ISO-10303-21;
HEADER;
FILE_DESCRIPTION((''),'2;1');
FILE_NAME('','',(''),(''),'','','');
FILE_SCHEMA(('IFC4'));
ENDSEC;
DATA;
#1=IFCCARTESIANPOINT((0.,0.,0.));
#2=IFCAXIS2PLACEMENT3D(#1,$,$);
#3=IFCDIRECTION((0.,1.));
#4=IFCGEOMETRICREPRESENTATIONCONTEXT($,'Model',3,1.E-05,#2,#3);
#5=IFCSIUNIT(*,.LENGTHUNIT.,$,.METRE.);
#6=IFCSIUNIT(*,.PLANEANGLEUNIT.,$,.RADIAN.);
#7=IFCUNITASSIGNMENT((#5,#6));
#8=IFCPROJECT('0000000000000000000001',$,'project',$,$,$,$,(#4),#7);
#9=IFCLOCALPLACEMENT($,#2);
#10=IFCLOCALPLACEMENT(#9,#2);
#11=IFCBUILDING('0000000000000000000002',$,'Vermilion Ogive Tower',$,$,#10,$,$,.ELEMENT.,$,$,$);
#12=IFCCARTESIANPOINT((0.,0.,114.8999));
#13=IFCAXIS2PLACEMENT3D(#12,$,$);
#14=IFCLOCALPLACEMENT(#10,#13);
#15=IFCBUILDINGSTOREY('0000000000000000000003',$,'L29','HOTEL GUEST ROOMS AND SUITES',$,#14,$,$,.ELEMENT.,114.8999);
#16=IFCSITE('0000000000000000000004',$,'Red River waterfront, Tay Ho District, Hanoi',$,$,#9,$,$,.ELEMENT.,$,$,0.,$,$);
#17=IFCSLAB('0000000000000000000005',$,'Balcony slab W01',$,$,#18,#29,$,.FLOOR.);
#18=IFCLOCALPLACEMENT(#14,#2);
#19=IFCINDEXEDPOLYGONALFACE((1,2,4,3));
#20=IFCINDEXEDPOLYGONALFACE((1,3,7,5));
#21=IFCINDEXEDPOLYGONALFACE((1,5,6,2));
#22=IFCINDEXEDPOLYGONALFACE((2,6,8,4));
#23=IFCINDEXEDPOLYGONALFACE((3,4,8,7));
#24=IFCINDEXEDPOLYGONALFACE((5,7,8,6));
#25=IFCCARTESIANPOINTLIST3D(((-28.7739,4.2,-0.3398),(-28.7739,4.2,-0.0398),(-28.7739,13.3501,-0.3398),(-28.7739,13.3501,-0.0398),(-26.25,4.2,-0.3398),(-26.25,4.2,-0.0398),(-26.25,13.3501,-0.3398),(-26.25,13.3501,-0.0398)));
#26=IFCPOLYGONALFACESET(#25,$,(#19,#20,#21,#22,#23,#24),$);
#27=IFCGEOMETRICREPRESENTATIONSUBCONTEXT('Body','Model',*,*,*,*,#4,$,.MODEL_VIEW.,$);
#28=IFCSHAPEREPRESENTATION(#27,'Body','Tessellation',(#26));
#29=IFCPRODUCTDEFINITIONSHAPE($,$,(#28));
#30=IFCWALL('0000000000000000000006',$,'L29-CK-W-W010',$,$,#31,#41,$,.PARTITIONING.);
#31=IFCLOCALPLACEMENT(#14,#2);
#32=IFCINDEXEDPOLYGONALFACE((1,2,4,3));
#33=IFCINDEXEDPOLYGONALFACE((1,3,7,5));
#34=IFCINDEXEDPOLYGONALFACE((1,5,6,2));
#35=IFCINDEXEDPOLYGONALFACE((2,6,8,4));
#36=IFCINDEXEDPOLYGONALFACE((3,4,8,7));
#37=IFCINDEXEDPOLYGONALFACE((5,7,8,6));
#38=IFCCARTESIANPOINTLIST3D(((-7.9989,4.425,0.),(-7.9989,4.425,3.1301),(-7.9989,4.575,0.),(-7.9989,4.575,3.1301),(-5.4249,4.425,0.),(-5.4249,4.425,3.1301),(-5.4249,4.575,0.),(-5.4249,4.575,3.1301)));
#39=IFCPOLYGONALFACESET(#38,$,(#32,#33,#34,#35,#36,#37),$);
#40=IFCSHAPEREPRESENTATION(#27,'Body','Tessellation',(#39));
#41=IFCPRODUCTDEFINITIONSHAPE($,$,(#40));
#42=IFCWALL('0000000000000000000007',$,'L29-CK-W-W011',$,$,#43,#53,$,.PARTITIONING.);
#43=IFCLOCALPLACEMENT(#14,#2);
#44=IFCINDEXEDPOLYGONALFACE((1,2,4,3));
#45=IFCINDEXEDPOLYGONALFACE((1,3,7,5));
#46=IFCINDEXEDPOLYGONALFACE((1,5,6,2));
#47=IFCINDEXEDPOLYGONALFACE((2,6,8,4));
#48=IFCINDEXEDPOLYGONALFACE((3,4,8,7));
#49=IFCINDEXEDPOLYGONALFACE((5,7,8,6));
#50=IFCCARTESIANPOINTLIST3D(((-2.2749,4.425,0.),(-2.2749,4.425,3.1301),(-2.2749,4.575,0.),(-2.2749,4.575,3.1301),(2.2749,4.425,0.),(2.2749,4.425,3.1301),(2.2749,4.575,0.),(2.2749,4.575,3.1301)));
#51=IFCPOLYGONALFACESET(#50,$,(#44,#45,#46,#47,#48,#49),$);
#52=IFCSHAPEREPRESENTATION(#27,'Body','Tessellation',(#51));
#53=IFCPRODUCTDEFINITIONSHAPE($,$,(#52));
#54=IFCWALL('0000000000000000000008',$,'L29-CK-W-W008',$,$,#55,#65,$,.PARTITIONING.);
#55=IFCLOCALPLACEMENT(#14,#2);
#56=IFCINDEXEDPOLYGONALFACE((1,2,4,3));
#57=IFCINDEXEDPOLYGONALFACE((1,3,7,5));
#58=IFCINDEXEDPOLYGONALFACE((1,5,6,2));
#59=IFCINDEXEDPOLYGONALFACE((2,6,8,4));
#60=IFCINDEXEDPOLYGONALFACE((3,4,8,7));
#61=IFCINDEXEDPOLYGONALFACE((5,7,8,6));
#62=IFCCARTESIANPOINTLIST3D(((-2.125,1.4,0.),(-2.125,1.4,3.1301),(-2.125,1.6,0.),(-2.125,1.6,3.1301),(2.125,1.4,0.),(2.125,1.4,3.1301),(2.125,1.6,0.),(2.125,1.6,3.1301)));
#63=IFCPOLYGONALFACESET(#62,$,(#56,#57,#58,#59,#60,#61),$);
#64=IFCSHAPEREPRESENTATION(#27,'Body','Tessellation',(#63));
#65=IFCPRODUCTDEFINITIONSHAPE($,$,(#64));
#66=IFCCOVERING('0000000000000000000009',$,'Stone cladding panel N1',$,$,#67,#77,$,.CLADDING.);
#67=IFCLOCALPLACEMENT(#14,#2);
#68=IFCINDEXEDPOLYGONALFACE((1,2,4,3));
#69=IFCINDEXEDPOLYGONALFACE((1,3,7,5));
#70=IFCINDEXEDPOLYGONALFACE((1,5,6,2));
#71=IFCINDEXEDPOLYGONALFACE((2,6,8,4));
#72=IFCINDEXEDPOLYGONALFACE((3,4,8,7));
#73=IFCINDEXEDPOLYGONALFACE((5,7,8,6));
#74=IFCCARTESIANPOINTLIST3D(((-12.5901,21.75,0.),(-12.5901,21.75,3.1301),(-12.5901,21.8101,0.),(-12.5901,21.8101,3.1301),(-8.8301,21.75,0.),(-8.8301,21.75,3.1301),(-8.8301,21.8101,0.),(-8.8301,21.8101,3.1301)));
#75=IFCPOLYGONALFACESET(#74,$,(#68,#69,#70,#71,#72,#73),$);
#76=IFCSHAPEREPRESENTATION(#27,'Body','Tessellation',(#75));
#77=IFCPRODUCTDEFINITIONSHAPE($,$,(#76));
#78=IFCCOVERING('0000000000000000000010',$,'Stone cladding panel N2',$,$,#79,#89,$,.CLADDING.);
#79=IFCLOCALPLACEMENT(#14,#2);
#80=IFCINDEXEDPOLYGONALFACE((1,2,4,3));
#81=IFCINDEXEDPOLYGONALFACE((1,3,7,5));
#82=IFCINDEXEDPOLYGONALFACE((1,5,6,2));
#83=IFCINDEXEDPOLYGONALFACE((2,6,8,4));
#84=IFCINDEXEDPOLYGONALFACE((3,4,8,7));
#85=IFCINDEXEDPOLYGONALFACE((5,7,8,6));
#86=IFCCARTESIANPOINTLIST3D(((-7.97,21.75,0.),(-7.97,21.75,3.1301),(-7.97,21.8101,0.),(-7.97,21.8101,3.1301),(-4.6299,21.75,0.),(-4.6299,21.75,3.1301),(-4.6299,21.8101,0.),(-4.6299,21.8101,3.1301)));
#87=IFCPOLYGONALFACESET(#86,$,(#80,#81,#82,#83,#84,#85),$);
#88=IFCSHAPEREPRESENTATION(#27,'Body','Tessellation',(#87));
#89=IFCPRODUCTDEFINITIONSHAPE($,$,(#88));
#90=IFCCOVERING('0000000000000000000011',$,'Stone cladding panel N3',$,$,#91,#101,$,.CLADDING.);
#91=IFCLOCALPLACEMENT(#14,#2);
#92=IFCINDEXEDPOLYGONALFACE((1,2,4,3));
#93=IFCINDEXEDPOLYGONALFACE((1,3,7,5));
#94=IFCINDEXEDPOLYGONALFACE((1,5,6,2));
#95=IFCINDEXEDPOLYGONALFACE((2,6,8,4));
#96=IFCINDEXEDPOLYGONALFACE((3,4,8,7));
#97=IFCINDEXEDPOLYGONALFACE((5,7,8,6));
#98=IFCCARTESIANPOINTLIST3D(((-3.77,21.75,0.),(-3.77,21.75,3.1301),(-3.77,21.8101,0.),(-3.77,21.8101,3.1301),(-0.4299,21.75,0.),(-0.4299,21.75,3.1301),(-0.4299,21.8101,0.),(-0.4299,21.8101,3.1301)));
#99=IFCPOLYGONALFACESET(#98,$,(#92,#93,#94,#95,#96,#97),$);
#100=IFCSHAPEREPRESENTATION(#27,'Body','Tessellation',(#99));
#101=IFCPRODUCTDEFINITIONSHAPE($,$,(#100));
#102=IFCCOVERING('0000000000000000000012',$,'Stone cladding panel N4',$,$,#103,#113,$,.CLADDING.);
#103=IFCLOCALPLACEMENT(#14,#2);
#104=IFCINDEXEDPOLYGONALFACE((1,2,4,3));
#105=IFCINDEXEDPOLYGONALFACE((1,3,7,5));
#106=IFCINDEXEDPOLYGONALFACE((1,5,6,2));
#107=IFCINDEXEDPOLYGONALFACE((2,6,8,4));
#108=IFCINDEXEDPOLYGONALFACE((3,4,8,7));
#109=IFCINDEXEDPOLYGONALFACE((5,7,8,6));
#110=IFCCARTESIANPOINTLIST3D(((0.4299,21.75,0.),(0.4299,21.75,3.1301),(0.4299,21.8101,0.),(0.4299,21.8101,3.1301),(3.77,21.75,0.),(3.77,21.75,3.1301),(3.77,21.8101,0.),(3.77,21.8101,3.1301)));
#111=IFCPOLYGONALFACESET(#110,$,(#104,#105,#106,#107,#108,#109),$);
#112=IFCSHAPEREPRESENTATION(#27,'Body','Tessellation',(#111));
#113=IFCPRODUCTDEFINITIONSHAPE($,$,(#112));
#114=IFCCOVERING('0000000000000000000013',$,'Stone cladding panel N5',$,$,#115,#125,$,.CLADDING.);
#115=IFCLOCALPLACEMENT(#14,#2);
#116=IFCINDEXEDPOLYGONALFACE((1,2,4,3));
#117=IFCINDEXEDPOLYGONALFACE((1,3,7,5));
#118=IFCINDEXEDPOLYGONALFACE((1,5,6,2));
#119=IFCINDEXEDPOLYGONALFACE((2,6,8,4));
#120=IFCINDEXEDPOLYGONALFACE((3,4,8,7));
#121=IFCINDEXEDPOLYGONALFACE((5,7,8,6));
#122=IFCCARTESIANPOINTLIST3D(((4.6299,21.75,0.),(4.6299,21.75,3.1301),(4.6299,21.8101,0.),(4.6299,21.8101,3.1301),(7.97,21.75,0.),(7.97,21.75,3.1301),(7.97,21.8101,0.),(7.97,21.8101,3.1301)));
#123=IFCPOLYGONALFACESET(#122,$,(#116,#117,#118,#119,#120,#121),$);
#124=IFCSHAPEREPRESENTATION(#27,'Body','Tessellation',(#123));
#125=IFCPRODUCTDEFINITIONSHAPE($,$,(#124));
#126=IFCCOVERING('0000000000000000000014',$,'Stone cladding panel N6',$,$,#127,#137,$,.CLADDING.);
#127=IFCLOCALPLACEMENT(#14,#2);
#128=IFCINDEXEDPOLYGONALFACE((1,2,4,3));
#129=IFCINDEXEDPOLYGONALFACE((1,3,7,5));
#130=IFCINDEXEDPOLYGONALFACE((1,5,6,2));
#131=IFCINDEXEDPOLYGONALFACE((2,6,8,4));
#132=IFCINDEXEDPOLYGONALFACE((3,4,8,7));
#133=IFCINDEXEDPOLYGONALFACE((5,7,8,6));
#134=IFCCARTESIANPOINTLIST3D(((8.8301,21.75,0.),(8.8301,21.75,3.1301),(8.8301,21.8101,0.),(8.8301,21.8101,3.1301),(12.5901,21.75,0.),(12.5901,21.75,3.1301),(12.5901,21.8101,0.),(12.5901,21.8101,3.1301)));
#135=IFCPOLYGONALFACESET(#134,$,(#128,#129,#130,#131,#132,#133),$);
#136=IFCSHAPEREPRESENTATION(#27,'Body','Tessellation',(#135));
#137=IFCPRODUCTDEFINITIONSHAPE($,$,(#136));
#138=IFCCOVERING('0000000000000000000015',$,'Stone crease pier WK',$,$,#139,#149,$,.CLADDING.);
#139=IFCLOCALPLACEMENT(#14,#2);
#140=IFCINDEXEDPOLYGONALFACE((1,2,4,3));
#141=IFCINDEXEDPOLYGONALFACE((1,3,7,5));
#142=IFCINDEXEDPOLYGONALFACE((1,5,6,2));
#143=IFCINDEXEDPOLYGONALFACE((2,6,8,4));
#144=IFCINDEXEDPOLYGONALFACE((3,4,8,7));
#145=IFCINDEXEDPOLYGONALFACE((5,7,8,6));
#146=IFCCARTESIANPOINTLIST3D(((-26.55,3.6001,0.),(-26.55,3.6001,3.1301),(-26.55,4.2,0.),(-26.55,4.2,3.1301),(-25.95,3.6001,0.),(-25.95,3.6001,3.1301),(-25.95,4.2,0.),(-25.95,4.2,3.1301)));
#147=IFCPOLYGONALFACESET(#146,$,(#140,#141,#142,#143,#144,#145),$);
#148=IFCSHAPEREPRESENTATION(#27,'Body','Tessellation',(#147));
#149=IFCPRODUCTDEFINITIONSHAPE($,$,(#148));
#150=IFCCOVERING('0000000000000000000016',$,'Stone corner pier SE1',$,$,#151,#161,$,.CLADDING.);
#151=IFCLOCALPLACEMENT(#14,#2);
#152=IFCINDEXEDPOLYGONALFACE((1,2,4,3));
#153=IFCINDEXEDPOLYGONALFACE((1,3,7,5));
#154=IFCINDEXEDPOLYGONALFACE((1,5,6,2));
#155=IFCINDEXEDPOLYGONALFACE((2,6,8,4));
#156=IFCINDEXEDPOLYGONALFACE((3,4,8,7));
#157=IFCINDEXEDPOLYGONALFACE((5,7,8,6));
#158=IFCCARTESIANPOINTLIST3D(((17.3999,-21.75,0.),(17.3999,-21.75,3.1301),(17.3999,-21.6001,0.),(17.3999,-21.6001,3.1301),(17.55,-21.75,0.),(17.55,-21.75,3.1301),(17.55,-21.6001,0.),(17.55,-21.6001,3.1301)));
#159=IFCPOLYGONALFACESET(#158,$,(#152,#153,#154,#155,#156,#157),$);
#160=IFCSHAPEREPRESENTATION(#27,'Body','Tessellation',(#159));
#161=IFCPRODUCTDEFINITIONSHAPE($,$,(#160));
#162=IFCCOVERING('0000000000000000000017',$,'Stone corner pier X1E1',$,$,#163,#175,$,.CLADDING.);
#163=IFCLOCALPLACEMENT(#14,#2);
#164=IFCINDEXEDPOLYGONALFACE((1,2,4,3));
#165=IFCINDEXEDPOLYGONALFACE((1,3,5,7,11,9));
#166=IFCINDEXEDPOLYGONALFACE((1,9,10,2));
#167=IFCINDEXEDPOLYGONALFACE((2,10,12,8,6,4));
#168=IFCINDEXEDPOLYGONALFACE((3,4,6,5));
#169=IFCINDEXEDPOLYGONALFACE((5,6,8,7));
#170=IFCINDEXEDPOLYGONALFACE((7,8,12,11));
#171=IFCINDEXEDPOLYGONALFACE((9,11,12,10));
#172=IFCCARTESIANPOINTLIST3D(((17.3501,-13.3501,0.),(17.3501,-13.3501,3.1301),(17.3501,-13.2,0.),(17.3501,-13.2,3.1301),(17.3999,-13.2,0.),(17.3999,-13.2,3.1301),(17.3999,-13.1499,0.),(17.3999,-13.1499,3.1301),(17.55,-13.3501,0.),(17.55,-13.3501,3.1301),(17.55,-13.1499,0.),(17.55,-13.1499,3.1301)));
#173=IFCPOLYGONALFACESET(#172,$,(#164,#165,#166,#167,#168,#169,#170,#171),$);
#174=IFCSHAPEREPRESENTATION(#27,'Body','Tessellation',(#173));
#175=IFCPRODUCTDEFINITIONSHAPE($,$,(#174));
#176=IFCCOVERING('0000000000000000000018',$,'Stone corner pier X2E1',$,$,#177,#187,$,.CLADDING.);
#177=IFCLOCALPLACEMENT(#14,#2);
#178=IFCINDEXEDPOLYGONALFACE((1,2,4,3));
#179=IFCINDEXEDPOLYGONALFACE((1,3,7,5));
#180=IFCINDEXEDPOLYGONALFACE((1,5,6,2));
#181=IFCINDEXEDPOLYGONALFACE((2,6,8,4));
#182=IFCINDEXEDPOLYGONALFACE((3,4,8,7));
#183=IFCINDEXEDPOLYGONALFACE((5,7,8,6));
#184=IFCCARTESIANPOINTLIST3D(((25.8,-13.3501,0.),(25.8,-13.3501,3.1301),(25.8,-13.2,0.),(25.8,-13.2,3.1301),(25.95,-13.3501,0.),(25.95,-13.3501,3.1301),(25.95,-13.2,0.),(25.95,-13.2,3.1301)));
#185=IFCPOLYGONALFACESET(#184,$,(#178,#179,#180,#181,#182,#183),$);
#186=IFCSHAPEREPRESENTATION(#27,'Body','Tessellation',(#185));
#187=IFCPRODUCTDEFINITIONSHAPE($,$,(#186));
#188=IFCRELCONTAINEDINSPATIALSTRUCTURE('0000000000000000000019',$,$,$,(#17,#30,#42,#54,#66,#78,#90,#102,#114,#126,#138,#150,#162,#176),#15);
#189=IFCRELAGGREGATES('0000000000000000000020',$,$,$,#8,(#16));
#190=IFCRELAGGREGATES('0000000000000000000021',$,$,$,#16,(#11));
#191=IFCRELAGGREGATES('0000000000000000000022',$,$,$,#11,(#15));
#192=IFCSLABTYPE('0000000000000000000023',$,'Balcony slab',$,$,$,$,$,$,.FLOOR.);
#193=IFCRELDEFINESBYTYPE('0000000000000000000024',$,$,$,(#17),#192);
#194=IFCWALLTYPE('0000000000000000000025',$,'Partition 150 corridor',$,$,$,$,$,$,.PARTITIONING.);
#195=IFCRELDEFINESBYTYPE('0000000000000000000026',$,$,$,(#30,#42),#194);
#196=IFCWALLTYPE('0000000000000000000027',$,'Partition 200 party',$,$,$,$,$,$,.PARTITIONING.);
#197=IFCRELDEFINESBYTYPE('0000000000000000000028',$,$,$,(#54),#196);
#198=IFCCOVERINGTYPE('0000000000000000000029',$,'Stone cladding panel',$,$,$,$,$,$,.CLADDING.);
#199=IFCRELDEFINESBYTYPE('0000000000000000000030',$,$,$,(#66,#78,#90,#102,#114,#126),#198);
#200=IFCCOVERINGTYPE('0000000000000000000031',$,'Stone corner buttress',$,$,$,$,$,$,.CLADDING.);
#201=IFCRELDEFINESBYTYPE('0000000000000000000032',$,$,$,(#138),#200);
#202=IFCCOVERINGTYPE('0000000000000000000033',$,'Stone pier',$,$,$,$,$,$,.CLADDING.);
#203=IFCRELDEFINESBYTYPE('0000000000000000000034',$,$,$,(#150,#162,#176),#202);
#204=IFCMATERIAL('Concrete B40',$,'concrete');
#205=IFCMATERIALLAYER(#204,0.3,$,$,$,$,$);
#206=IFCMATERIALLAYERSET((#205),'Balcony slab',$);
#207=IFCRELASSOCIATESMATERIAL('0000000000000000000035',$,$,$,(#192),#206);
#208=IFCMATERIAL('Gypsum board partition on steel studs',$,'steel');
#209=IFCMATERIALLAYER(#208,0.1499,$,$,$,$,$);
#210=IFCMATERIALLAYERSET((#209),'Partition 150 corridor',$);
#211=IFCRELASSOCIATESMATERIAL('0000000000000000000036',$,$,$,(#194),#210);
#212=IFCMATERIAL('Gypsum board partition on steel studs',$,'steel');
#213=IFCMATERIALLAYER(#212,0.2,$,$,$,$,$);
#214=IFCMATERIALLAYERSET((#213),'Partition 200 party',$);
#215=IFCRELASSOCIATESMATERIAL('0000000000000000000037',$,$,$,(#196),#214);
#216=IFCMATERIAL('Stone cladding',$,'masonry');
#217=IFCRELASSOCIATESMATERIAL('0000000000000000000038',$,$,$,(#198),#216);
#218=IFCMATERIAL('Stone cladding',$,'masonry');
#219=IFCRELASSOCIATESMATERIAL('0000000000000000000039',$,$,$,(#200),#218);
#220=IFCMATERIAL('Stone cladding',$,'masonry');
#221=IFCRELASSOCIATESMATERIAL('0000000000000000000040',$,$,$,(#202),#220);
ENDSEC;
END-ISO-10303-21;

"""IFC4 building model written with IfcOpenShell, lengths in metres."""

from ifc_helpers import new_model, si_unit, direction, frame, frame_2d, origin, place, context, subcontext, project, spatial, polyline, rectangle, outline, extrude, material, layer, layer_set, type_object, element, save


model = new_model("IFC4")

# Units and contexts
model_context = context("Model", 3, precision=1e-05, world=origin(), true_north=direction((0.0, 1.0)))
body_context = subcontext(model_context, "Body", "Model", "MODEL_VIEW")
ifc_project = project(units=[si_unit("LENGTHUNIT", "METRE"), si_unit("PLANEANGLEUNIT", "RADIAN")], contexts=[model_context])

# Site, building, storey
site_placement = place(None, origin())
site = spatial("IfcSite", under=ifc_project, at=site_placement, Name="Red River waterfront, Tay Ho District, Hanoi", CompositionType="ELEMENT", RefElevation=0.0)
building_placement = place(site_placement, origin())
building = spatial("IfcBuilding", under=site, at=building_placement, Name="Vermilion Ogive Tower", CompositionType="ELEMENT")
storey_placement = place(building_placement, frame((0.0, 0.0, 114.8999)))
storey = spatial("IfcBuildingStorey", under=building, at=storey_placement, Name="L29", Description="HOTEL GUEST ROOMS AND SUITES", CompositionType="ELEMENT", Elevation=114.8999)

# Slab
ifc_material_1 = material(Name="Concrete B40", Category="concrete")
ifc_layer_1 = layer(ifc_material_1, 0.3)
ifc_layer_set_1 = layer_set([ifc_layer_1], Name="Balcony slab")
slab_type = type_object("IfcSlabType", Name="Balcony slab", PredefinedType="FLOOR", material=ifc_layer_set_1)
slab_placement = place(storey_placement, frame((0.0, 0.0, -0.3398)))
element("IfcSlab", 1, at=slab_placement, inside=storey, type_object=slab_type, Name="Balcony slab W01", PredefinedType="FLOOR", context=body_context, shape_type="SweptSolid", body=[
    extrude(outline(polyline([(-28.7739, 13.3501), (-28.7739, 4.2), (-26.25, 4.2), (-26.25, 13.3501), (-28.7739, 13.3501)])), origin(), (0.0, 0.0, 1.0), 0.3),
])

# Walls
ifc_material_2 = material(Name="Gypsum board partition on steel studs", Category="steel")
ifc_layer_2 = layer(ifc_material_2, 0.1499)
ifc_layer_set_2 = layer_set([ifc_layer_2], Name="Partition 150 corridor")
wall_type_1 = type_object("IfcWallType", Name="Partition 150 corridor", PredefinedType="PARTITIONING", material=ifc_layer_set_2)
wall_1_placement = place(storey_placement, frame((-7.999, 4.5, 0.0), z_axis=(0.0, 0.0, 1.0), x_axis=(1.0, 0.0, 0.0)))
element("IfcWall", 2, at=wall_1_placement, inside=storey, type_object=wall_type_1, Name="L29-CK-W-W010", PredefinedType="PARTITIONING", context=body_context, shape_type="SweptSolid", body=[
    extrude(rectangle(XDim=2.574, YDim=0.1499, at=frame_2d((1.2871, 0.0))), origin(), (0.0, 0.0, 1.0), 3.1301),
])
wall_2_placement = place(storey_placement, frame((-2.2749, 4.5, 0.0), z_axis=(0.0, 0.0, 1.0), x_axis=(1.0, 0.0, 0.0)))
element("IfcWall", 3, at=wall_2_placement, inside=storey, type_object=wall_type_1, Name="L29-CK-W-W011", PredefinedType="PARTITIONING", context=body_context, shape_type="SweptSolid", body=[
    extrude(rectangle(XDim=4.5498, YDim=0.1499, at=frame_2d((2.2749, 0.0))), origin(), (0.0, 0.0, 1.0), 3.1301),
])
ifc_material_3 = material(Name="Gypsum board partition on steel studs", Category="steel")
ifc_layer_3 = layer(ifc_material_3, 0.2)
ifc_layer_set_3 = layer_set([ifc_layer_3], Name="Partition 200 party")
wall_type_2 = type_object("IfcWallType", Name="Partition 200 party", PredefinedType="PARTITIONING", material=ifc_layer_set_3)
wall_3_placement = place(storey_placement, frame((-2.125, 1.5, 0.0), z_axis=(0.0, 0.0, 1.0), x_axis=(1.0, 0.0, 0.0)))
element("IfcWall", 4, at=wall_3_placement, inside=storey, type_object=wall_type_2, Name="L29-CK-W-W008", PredefinedType="PARTITIONING", context=body_context, shape_type="SweptSolid", body=[
    extrude(rectangle(XDim=4.25, YDim=0.2, at=frame_2d((2.125, 0.0))), origin(), (0.0, 0.0, 1.0), 3.1301),
])

# Coverings
ifc_material_4 = material(Name="Stone cladding", Category="masonry")
covering_type_1 = type_object("IfcCoveringType", Name="Stone cladding panel", PredefinedType="CLADDING", material=ifc_material_4)
covering_1_placement = place(storey_placement, origin())
element("IfcCovering", 5, at=covering_1_placement, inside=storey, type_object=covering_type_1, Name="Stone cladding panel N1", PredefinedType="CLADDING", context=body_context, shape_type="SweptSolid", body=[
    extrude(outline(polyline([(-12.5901, 21.75), (-8.8301, 21.75), (-8.8301, 21.8101), (-12.5901, 21.8101), (-12.5901, 21.75)])), origin(), (0.0, 0.0, 1.0), 3.1301),
])
covering_2_placement = place(storey_placement, origin())
element("IfcCovering", 6, at=covering_2_placement, inside=storey, type_object=covering_type_1, Name="Stone cladding panel N2", PredefinedType="CLADDING", context=body_context, shape_type="SweptSolid", body=[
    extrude(outline(polyline([(-7.97, 21.75), (-4.6299, 21.75), (-4.6299, 21.8101), (-7.97, 21.8101), (-7.97, 21.75)])), origin(), (0.0, 0.0, 1.0), 3.1301),
])
covering_3_placement = place(storey_placement, origin())
element("IfcCovering", 7, at=covering_3_placement, inside=storey, type_object=covering_type_1, Name="Stone cladding panel N3", PredefinedType="CLADDING", context=body_context, shape_type="SweptSolid", body=[
    extrude(outline(polyline([(-3.77, 21.75), (-0.4299, 21.75), (-0.4299, 21.8101), (-3.77, 21.8101), (-3.77, 21.75)])), origin(), (0.0, 0.0, 1.0), 3.1301),
])
covering_4_placement = place(storey_placement, origin())
element("IfcCovering", 8, at=covering_4_placement, inside=storey, type_object=covering_type_1, Name="Stone cladding panel N4", PredefinedType="CLADDING", context=body_context, shape_type="SweptSolid", body=[
    extrude(outline(polyline([(0.4299, 21.75), (3.77, 21.75), (3.77, 21.8101), (0.4299, 21.8101), (0.4299, 21.75)])), origin(), (0.0, 0.0, 1.0), 3.1301),
])
covering_5_placement = place(storey_placement, origin())
element("IfcCovering", 9, at=covering_5_placement, inside=storey, type_object=covering_type_1, Name="Stone cladding panel N5", PredefinedType="CLADDING", context=body_context, shape_type="SweptSolid", body=[
    extrude(outline(polyline([(4.6299, 21.75), (7.97, 21.75), (7.97, 21.8101), (4.6299, 21.8101), (4.6299, 21.75)])), origin(), (0.0, 0.0, 1.0), 3.1301),
])
covering_6_placement = place(storey_placement, origin())
element("IfcCovering", 10, at=covering_6_placement, inside=storey, type_object=covering_type_1, Name="Stone cladding panel N6", PredefinedType="CLADDING", context=body_context, shape_type="SweptSolid", body=[
    extrude(outline(polyline([(8.8301, 21.75), (12.5901, 21.75), (12.5901, 21.8101), (8.8301, 21.8101), (8.8301, 21.75)])), origin(), (0.0, 0.0, 1.0), 3.1301),
])
ifc_material_5 = material(Name="Stone cladding", Category="masonry")
covering_type_2 = type_object("IfcCoveringType", Name="Stone corner buttress", PredefinedType="CLADDING", material=ifc_material_5)
covering_7_placement = place(storey_placement, origin())
element("IfcCovering", 11, at=covering_7_placement, inside=storey, type_object=covering_type_2, Name="Stone crease pier WK", PredefinedType="CLADDING", context=body_context, shape_type="SweptSolid", body=[
    extrude(outline(polyline([(-26.55, 4.2), (-26.55, 3.6001), (-25.95, 3.6001), (-25.95, 4.2), (-26.55, 4.2)])), origin(), (0.0, 0.0, 1.0), 3.1301),
])
ifc_material_6 = material(Name="Stone cladding", Category="masonry")
covering_type_3 = type_object("IfcCoveringType", Name="Stone pier", PredefinedType="CLADDING", material=ifc_material_6)
covering_8_placement = place(storey_placement, origin())
element("IfcCovering", 12, at=covering_8_placement, inside=storey, type_object=covering_type_3, Name="Stone corner pier SE1", PredefinedType="CLADDING", context=body_context, shape_type="SweptSolid", body=[
    extrude(outline(polyline([(17.3999, -21.75), (17.3999, -21.6001), (17.3999, -21.6001), (17.55, -21.6001), (17.55, -21.75), (17.3999, -21.75)])), origin(), (0.0, 0.0, 1.0), 3.1301),
])
covering_9_placement = place(storey_placement, origin())
element("IfcCovering", 13, at=covering_9_placement, inside=storey, type_object=covering_type_3, Name="Stone corner pier X1E1", PredefinedType="CLADDING", context=body_context, shape_type="SweptSolid", body=[
    extrude(outline(polyline([(17.3501, -13.2), (17.3999, -13.2), (17.3999, -13.1499), (17.55, -13.1499), (17.55, -13.3501), (17.3501, -13.3501), (17.3501, -13.2)])), origin(), (0.0, 0.0, 1.0), 3.1301),
])
covering_10_placement = place(storey_placement, origin())
element("IfcCovering", 14, at=covering_10_placement, inside=storey, type_object=covering_type_3, Name="Stone corner pier X2E1", PredefinedType="CLADDING", context=body_context, shape_type="SweptSolid", body=[
    extrude(outline(polyline([(25.8, -13.3501), (25.8, -13.2), (25.95, -13.2), (25.95, -13.3501), (25.8, -13.3501)])), origin(), (0.0, 0.0, 1.0), 3.1301),
])

save(model, "model.ifc")
